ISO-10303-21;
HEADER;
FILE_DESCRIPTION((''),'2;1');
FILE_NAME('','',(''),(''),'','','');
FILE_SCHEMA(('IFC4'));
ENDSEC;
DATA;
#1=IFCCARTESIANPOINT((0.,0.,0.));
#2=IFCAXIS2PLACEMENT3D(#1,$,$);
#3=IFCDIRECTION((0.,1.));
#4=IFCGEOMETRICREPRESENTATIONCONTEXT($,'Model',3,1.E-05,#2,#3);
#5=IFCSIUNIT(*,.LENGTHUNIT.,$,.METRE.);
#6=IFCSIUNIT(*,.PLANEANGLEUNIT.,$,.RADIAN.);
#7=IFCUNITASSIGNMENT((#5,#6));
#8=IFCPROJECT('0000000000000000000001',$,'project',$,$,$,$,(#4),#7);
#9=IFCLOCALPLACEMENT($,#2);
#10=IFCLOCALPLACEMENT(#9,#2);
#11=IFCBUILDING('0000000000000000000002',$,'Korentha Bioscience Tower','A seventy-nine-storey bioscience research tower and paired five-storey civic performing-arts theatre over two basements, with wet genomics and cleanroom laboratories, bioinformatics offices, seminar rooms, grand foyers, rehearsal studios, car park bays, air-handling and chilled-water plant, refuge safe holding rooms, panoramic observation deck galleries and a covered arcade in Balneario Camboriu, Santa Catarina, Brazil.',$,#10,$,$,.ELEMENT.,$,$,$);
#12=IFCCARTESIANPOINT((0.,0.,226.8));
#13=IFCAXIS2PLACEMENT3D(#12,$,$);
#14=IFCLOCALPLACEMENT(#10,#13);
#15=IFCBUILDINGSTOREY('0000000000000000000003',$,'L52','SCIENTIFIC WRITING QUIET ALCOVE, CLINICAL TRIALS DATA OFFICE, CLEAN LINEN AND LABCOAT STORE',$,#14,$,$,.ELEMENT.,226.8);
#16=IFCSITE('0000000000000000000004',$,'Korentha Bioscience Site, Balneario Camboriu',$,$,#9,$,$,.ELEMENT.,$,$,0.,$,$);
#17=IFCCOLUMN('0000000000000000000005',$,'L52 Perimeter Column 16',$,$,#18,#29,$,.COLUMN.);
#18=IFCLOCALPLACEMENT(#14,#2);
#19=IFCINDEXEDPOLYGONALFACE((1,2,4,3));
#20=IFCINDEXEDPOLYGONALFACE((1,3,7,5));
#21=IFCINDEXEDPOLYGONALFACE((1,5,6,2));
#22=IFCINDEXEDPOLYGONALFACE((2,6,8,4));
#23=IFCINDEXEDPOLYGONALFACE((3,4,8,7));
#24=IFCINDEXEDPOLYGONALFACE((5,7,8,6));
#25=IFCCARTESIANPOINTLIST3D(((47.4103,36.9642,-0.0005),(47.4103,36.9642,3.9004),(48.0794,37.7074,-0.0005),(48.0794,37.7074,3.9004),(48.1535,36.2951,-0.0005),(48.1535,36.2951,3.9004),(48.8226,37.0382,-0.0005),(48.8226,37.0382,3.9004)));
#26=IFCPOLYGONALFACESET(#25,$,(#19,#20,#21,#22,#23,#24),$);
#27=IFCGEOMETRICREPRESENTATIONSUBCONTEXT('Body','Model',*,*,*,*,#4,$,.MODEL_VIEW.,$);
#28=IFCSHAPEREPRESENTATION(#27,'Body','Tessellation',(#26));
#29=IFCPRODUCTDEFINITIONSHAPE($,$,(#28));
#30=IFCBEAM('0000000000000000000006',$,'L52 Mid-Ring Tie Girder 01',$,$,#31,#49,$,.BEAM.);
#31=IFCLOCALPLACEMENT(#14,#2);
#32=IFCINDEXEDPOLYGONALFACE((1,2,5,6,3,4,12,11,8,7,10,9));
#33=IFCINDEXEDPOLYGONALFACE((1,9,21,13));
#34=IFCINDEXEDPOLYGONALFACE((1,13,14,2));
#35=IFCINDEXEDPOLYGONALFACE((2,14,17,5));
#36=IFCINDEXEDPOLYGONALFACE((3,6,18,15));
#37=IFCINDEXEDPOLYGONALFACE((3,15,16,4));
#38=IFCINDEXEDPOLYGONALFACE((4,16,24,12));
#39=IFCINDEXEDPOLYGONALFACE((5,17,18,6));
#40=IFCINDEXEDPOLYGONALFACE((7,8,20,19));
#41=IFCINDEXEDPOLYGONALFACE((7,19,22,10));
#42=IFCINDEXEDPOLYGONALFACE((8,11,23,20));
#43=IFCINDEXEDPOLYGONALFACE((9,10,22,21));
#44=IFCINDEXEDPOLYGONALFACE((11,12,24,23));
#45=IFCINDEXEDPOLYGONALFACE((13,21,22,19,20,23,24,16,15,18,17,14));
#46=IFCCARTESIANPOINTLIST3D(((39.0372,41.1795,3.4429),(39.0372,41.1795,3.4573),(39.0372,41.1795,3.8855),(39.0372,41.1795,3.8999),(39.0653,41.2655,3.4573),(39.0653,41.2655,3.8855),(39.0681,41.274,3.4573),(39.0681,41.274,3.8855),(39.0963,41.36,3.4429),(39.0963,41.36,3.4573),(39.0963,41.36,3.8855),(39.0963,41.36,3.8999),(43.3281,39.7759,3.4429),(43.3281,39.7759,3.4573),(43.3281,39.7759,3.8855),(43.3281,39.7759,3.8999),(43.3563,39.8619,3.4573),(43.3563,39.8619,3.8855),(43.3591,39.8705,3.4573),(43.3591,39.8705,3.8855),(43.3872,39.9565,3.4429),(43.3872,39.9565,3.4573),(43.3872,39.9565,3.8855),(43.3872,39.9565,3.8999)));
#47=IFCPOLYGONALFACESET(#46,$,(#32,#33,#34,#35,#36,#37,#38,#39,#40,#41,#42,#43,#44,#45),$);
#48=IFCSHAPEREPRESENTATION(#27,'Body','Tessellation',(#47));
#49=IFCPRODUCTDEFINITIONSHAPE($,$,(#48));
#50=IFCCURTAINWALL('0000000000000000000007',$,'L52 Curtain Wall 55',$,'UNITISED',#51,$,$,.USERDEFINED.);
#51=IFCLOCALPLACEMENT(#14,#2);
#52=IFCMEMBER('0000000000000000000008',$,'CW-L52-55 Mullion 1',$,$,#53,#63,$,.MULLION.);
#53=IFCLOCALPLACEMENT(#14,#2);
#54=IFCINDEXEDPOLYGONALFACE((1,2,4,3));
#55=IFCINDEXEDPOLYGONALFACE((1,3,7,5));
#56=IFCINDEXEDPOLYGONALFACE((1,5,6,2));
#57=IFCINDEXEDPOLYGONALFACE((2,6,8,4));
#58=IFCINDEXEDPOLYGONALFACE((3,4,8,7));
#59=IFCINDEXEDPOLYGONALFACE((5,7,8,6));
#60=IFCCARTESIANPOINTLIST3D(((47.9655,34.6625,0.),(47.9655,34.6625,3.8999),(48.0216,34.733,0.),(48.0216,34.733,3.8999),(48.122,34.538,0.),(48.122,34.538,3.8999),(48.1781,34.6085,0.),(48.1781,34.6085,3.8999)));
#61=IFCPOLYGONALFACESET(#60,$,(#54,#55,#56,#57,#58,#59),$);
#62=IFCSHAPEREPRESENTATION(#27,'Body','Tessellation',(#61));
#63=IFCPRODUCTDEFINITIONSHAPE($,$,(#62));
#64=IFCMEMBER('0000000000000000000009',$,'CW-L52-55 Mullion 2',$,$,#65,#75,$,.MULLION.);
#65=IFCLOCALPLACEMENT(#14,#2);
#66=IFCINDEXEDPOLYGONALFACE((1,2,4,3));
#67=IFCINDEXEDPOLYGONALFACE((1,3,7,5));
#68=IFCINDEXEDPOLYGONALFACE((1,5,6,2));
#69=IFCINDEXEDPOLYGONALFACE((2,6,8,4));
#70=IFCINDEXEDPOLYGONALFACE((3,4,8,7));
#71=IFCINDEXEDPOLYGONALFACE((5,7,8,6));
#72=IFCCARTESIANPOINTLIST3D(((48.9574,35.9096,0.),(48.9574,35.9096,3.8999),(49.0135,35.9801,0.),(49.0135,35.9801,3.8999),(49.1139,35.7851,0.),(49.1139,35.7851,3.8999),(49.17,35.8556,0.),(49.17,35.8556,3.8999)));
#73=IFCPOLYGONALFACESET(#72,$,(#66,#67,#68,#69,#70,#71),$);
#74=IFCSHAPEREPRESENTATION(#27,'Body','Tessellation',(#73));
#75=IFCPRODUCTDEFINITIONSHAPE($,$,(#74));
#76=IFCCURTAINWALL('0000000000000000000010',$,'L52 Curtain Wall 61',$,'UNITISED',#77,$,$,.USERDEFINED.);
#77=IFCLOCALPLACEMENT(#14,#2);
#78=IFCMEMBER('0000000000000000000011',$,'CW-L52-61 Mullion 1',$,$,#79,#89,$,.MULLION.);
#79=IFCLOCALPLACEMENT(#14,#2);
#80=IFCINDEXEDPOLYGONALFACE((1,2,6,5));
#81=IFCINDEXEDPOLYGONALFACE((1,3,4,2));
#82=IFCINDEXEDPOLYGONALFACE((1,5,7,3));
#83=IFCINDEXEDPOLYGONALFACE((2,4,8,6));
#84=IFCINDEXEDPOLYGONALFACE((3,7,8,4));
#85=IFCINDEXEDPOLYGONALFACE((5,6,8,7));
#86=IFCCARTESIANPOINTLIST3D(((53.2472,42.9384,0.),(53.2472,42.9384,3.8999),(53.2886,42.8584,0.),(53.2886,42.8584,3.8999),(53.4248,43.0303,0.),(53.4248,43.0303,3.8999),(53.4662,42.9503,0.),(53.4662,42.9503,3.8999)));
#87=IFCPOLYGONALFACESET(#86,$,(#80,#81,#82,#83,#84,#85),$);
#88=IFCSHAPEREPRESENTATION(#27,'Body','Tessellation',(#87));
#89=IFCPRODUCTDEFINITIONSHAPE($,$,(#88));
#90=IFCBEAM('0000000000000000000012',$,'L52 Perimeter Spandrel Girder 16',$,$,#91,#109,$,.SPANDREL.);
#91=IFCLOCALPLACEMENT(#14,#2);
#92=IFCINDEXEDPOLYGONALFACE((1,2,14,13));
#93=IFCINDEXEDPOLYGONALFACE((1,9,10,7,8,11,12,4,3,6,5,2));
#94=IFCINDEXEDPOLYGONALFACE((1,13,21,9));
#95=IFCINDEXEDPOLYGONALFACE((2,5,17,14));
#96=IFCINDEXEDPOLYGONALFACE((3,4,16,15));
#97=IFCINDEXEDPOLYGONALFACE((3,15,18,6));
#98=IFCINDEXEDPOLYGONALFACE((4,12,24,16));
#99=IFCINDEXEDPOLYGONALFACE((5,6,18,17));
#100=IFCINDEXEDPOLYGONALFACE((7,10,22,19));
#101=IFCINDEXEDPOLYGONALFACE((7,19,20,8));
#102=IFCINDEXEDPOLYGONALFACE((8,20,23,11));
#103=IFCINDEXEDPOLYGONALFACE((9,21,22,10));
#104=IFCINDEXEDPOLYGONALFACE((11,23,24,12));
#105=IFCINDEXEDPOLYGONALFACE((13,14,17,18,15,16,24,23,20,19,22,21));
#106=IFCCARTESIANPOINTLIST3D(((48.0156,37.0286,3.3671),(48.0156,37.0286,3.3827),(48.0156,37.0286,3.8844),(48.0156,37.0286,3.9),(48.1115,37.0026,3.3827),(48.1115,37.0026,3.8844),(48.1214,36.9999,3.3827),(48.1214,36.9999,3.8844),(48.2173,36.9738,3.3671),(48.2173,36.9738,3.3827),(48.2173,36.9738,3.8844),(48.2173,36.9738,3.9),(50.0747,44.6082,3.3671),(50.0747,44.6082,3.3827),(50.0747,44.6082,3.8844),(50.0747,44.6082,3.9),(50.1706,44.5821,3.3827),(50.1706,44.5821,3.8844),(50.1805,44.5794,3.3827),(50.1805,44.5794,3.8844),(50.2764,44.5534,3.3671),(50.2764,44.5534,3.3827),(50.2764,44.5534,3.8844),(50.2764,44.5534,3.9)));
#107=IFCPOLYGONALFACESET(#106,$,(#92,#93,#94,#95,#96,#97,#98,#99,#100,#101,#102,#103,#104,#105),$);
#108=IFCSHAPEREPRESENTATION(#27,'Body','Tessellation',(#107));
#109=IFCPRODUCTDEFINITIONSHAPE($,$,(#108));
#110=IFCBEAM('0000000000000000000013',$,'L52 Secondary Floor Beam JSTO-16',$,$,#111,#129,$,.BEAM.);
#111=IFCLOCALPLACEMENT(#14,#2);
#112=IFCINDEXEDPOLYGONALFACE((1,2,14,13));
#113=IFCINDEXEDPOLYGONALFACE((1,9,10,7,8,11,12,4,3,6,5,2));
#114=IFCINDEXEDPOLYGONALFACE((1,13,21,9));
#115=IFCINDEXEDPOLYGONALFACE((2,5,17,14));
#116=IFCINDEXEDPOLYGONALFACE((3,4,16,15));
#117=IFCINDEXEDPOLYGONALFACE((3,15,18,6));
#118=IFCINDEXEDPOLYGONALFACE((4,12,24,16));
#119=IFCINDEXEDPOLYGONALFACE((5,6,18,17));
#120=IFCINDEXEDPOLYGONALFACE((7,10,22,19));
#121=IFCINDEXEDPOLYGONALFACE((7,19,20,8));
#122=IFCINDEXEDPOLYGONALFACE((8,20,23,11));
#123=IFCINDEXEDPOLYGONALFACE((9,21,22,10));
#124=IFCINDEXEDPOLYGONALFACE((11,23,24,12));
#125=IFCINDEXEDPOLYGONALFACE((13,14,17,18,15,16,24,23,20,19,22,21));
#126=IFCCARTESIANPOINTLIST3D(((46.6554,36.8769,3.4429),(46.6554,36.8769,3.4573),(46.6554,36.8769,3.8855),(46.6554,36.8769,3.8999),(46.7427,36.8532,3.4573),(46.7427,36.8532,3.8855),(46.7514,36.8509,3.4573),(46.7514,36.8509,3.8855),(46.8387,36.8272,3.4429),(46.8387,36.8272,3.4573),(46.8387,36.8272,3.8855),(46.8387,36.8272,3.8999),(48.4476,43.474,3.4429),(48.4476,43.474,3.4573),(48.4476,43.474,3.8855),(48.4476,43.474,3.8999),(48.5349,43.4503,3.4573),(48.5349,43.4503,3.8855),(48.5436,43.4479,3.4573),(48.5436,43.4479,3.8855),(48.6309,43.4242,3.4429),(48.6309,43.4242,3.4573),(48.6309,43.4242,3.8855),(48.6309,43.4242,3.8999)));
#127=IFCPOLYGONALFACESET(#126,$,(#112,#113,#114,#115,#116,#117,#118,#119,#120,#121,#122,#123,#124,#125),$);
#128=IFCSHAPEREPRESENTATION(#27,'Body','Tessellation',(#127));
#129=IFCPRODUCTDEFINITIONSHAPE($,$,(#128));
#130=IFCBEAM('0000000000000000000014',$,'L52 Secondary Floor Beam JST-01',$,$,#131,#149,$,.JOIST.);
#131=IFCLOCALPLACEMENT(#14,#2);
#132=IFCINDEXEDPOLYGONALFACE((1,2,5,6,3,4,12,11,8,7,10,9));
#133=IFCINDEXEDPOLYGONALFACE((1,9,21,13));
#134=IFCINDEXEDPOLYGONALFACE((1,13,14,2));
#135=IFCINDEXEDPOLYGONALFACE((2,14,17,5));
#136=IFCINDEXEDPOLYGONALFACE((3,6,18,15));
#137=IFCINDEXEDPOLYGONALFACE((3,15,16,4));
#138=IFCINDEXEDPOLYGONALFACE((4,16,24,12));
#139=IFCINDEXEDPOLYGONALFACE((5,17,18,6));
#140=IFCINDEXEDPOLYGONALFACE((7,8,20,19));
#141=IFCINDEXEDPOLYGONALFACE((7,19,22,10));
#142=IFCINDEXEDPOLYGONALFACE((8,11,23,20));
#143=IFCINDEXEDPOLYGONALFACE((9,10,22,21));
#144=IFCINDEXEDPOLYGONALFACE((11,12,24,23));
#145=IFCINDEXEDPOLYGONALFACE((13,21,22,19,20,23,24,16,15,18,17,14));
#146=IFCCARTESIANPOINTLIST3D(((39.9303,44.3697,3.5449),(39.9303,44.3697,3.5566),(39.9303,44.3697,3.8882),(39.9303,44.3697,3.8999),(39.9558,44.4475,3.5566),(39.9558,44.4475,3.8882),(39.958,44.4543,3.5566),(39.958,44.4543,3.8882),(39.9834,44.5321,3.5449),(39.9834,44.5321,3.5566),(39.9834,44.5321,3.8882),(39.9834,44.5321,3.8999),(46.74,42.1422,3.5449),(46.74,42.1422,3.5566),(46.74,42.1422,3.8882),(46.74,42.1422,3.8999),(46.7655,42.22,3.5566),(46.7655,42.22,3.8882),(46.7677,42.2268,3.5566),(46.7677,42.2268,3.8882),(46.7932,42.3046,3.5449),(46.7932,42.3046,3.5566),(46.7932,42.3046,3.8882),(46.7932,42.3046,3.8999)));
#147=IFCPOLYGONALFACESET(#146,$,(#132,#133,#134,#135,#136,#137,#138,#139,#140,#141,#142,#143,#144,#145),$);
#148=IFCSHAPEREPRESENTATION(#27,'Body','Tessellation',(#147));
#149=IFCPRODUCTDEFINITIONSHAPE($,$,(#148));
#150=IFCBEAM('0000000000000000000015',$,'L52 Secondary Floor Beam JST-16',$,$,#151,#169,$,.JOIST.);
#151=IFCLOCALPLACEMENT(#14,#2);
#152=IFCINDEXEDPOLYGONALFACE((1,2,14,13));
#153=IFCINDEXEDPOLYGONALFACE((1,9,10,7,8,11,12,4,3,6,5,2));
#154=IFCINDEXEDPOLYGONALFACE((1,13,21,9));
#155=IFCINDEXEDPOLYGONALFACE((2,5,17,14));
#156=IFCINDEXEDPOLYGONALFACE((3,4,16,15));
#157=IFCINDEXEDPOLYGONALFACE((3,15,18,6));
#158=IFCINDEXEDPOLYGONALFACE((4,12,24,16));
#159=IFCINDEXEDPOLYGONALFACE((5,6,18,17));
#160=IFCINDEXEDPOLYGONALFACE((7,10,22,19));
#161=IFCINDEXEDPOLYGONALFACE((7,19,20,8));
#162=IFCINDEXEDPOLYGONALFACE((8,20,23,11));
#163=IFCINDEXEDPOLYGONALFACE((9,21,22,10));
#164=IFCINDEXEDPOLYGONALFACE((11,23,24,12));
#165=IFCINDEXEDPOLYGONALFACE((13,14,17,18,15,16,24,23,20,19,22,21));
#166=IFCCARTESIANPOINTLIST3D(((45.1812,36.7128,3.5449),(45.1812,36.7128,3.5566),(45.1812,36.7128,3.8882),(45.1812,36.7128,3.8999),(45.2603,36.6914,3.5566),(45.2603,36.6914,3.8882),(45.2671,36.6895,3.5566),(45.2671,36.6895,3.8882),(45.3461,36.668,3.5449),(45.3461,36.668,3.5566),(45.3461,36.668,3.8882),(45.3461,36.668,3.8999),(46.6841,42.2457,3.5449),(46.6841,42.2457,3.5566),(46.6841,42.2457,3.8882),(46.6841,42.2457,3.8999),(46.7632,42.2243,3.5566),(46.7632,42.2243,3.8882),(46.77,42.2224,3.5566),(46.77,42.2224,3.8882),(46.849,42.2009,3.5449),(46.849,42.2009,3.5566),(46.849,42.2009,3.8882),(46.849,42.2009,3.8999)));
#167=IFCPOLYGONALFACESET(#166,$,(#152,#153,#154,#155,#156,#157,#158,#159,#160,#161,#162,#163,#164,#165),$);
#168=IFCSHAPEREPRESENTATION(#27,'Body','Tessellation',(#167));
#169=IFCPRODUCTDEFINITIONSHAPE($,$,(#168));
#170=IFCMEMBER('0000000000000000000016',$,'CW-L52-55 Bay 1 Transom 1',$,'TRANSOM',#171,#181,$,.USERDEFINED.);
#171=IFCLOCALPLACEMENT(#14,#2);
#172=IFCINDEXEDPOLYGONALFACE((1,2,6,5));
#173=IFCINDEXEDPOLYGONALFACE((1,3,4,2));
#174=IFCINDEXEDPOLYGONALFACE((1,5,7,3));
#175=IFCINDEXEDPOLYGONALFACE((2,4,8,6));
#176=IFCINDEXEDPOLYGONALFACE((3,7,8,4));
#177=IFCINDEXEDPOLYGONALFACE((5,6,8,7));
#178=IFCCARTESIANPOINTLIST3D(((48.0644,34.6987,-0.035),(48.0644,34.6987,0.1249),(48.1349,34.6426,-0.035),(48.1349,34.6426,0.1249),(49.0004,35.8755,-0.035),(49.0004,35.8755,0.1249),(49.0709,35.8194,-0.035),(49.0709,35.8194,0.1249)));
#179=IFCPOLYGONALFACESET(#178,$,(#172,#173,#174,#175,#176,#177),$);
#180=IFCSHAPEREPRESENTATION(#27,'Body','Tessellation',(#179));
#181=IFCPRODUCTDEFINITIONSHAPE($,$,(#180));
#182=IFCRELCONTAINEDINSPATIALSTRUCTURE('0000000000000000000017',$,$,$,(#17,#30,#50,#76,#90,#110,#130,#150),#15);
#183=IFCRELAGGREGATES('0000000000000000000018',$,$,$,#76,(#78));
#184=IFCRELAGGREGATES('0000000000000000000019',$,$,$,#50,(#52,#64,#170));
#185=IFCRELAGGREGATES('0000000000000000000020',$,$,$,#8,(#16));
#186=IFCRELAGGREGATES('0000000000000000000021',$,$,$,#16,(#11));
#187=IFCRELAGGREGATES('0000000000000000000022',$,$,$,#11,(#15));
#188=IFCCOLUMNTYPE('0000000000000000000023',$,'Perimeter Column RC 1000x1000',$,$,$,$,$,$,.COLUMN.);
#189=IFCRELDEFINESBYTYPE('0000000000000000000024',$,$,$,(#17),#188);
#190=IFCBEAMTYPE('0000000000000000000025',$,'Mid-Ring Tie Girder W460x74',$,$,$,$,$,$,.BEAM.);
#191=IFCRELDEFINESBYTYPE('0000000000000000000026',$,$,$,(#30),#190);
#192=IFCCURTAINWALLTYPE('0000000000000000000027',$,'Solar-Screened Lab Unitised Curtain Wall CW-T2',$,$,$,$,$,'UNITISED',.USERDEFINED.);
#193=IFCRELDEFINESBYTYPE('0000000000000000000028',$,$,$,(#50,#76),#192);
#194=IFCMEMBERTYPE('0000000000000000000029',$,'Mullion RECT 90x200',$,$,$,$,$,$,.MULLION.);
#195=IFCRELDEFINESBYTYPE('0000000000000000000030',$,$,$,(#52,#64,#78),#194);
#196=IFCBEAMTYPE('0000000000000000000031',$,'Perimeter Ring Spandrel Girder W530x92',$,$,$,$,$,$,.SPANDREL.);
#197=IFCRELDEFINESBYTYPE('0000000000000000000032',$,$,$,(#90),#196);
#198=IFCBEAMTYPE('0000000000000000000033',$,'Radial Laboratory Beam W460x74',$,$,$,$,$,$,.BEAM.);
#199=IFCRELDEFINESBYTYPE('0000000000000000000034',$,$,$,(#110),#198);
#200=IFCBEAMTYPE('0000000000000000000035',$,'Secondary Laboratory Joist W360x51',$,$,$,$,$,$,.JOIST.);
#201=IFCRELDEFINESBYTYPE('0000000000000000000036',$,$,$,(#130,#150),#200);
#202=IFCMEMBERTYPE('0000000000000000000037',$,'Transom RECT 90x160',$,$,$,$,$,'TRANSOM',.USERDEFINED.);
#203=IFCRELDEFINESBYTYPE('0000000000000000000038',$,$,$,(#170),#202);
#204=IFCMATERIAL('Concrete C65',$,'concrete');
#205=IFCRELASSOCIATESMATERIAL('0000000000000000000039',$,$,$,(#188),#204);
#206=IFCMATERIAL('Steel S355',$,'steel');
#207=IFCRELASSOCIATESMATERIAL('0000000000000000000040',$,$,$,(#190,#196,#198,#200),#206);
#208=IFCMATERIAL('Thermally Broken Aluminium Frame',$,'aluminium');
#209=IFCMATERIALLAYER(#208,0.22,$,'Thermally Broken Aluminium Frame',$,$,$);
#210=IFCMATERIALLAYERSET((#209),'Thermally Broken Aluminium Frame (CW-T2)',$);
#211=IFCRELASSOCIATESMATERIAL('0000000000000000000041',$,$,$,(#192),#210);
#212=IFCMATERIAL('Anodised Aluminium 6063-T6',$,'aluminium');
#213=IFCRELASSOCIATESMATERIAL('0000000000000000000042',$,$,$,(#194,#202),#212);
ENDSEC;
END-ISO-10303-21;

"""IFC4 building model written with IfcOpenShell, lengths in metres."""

from ifc_helpers import new_model, si_unit, direction, frame, origin, origin_2d, place, context, subcontext, project, spatial, rectangle, i_section, extrude, material, layer, layer_set, material_profile, profile_set, type_object, element, aggregate, save


model = new_model("IFC4")

# Units and contexts
model_context = context("Model", 3, precision=1e-05, world=origin(), true_north=direction((0.0, 1.0)))
body_context = subcontext(model_context, "Body", "Model", "MODEL_VIEW")
ifc_project = project(units=[si_unit("LENGTHUNIT", "METRE"), si_unit("PLANEANGLEUNIT", "RADIAN")], contexts=[model_context])

# Site, building, storey
site_placement = place(None, origin())
site = spatial("IfcSite", under=ifc_project, at=site_placement, Name="Korentha Bioscience Site, Balneario Camboriu", CompositionType="ELEMENT", RefElevation=0.0)
building_placement = place(site_placement, origin())
building = spatial("IfcBuilding", under=site, at=building_placement, Name="Korentha Bioscience Tower", Description="A seventy-nine-storey bioscience research tower and paired five-storey civic performing-arts theatre over two basements, with wet genomics and cleanroom laboratories, bioinformatics offices, seminar rooms, grand foyers, rehearsal studios, car park bays, air-handling and chilled-water plant, refuge safe holding rooms, panoramic observation deck galleries and a covered arcade in Balneario Camboriu, Santa Catarina, Brazil.", CompositionType="ELEMENT")
storey_placement = place(building_placement, frame((0.0, 0.0, 226.8)))
storey = spatial("IfcBuildingStorey", under=building, at=storey_placement, Name="L52", Description="SCIENTIFIC WRITING QUIET ALCOVE, CLINICAL TRIALS DATA OFFICE, CLEAN LINEN AND LABCOAT STORE", CompositionType="ELEMENT", Elevation=226.8)

# Column
ifc_material_1 = material(Name="Concrete C65", Category="concrete")
ifc_material_profile_1 = material_profile(ifc_material_1, rectangle(XDim=1.0, YDim=1.0, at=origin_2d()), Name="Concrete C65")
ifc_profile_set_1 = profile_set([ifc_material_profile_1], Name="Concrete C65 (COL-P10)")
column_type = type_object("IfcColumnType", Name="Perimeter Column RC 1000x1000", PredefinedType="COLUMN", material=ifc_profile_set_1)
column_placement = place(storey_placement, frame((48.1165, 37.0012, -0.0005), z_axis=(0.0, 0.0, 1.0), x_axis=(0.669131, 0.743145, 0.0)))
element("IfcColumn", 1, at=column_placement, inside=storey, type_object=column_type, Name="L52 Perimeter Column 16", PredefinedType="COLUMN", context=body_context, shape_type="SweptSolid", body=[
    extrude(rectangle(XDim=1.0, YDim=1.0, at=origin_2d()), origin(), (0.0, 0.0, 1.0), 3.9009),
])

# Beam
ifc_material_2 = material(Name="Steel S355", Category="steel")
ifc_material_profile_2 = material_profile(ifc_material_2, i_section(OverallWidth=0.1899, OverallDepth=0.457, WebThickness=0.009, FlangeThickness=0.0144, at=origin_2d()), Name="Steel S355")
ifc_profile_set_2 = profile_set([ifc_material_profile_2], Name="Steel S355 (MB-460)")
beam_type_1 = type_object("IfcBeamType", Name="Mid-Ring Tie Girder W460x74", PredefinedType="BEAM", material=ifc_profile_set_2)
beam_1_placement = place(storey_placement, frame((43.3577, 39.8662, 3.6714), z_axis=(-0.950447, 0.310885, 0.0), x_axis=(-0.310885, -0.950447, 0.0)))
element("IfcBeam", 2, at=beam_1_placement, inside=storey, type_object=beam_type_1, Name="L52 Mid-Ring Tie Girder 01", PredefinedType="BEAM", context=body_context, shape_type="SweptSolid", body=[
    extrude(i_section(OverallWidth=0.1899, OverallDepth=0.457, WebThickness=0.009, FlangeThickness=0.0144, at=origin_2d()), origin(), (0.0, 0.0, 1.0), 4.5146),
])

# Curtain wall, members
ifc_material_3 = material(Name="Thermally Broken Aluminium Frame", Category="aluminium")
ifc_layer_1 = layer(ifc_material_3, 0.22, Name="Thermally Broken Aluminium Frame")
ifc_layer_set_1 = layer_set([ifc_layer_1], Name="Thermally Broken Aluminium Frame (CW-T2)")
curtain_wall_type = type_object("IfcCurtainWallType", Name="Solar-Screened Lab Unitised Curtain Wall CW-T2", ElementType="UNITISED", PredefinedType="USERDEFINED", material=ifc_layer_set_1)
curtain_wall_1_placement = place(storey_placement, origin())
curtain_wall_1 = element("IfcCurtainWall", 3, at=curtain_wall_1_placement, inside=storey, type_object=curtain_wall_type, Name="L52 Curtain Wall 55", ObjectType="UNITISED", PredefinedType="USERDEFINED")
ifc_material_4 = material(Name="Anodised Aluminium 6063-T6", Category="aluminium")
ifc_material_profile_3 = material_profile(ifc_material_4, rectangle(XDim=0.0901, YDim=0.2, at=origin_2d()), Name="Anodised Aluminium 6063-T6")
ifc_profile_set_3 = profile_set([ifc_material_profile_3], Name="Anodised Aluminium 6063-T6 (CW-MUL)")
member_type_1 = type_object("IfcMemberType", Name="Mullion RECT 90x200", PredefinedType="MULLION", material=ifc_profile_set_3)
member_1_placement = place(storey_placement, frame((48.0718, 34.6355, 0.0), z_axis=(0.0, 0.0, 1.0), x_axis=(0.622512, 0.78261, 0.0)))
member_1 = element("IfcMember", 4, at=member_1_placement, type_object=member_type_1, Name="CW-L52-55 Mullion 1", PredefinedType="MULLION", context=body_context, shape_type="SweptSolid", body=[
    extrude(rectangle(XDim=0.0901, YDim=0.2, at=origin_2d()), origin(), (0.0, 0.0, 1.0), 3.8999),
])
member_2_placement = place(storey_placement, frame((49.0637, 35.8826, 0.0), z_axis=(0.0, 0.0, 1.0), x_axis=(0.622512, 0.78261, 0.0)))
member_2 = element("IfcMember", 5, at=member_2_placement, type_object=member_type_1, Name="CW-L52-55 Mullion 2", PredefinedType="MULLION", context=body_context, shape_type="SweptSolid", body=[
    extrude(rectangle(XDim=0.0901, YDim=0.2, at=origin_2d()), origin(), (0.0, 0.0, 1.0), 3.8999),
])

# Curtain wall, member
curtain_wall_2_placement = place(storey_placement, origin())
curtain_wall_2 = element("IfcCurtainWall", 6, at=curtain_wall_2_placement, inside=storey, type_object=curtain_wall_type, Name="L52 Curtain Wall 61", ObjectType="UNITISED", PredefinedType="USERDEFINED")
member_3_placement = place(storey_placement, frame((53.3567, 42.9443, 0.0), z_axis=(0.0, 0.0, 1.0), x_axis=(-0.459738, 0.888055, 0.0)))
member_3 = element("IfcMember", 7, at=member_3_placement, type_object=member_type_1, Name="CW-L52-61 Mullion 1", PredefinedType="MULLION", context=body_context, shape_type="SweptSolid", body=[
    extrude(rectangle(XDim=0.0901, YDim=0.2, at=origin_2d()), origin(), (0.0, 0.0, 1.0), 3.8999),
])

# Beams
ifc_material_profile_4 = material_profile(ifc_material_2, i_section(OverallWidth=0.209, OverallDepth=0.533, WebThickness=0.0103, FlangeThickness=0.0156, at=origin_2d()), Name="Steel S355")
ifc_profile_set_4 = profile_set([ifc_material_profile_4], Name="Steel S355 (SB-530)")
beam_type_2 = type_object("IfcBeamType", Name="Perimeter Ring Spandrel Girder W530x92", PredefinedType="SPANDREL", material=ifc_profile_set_4)
beam_2_placement = place(storey_placement, frame((48.1165, 37.0012, 3.6335), z_axis=(0.26216, 0.965024, 0.0), x_axis=(-0.965024, 0.26216, 0.0)))
element("IfcBeam", 8, at=beam_2_placement, inside=storey, type_object=beam_type_2, Name="L52 Perimeter Spandrel Girder 16", PredefinedType="SPANDREL", context=body_context, shape_type="SweptSolid", body=[
    extrude(i_section(OverallWidth=0.209, OverallDepth=0.533, WebThickness=0.0103, FlangeThickness=0.0156, at=origin_2d()), origin(), (0.0, 0.0, 1.0), 7.8542),
])
ifc_material_profile_5 = material_profile(ifc_material_2, i_section(OverallWidth=0.1899, OverallDepth=0.457, WebThickness=0.009, FlangeThickness=0.0144, at=origin_2d()), Name="Steel S355")
ifc_profile_set_5 = profile_set([ifc_material_profile_5], Name="Steel S355 (RB-460)")
beam_type_3 = type_object("IfcBeamType", Name="Radial Laboratory Beam W460x74", PredefinedType="BEAM", material=ifc_profile_set_5)
beam_3_placement = place(storey_placement, frame((46.7471, 36.8521, 3.6714), z_axis=(0.262165, 0.965023, 0.0), x_axis=(-0.965023, 0.262165, 0.0)))
element("IfcBeam", 9, at=beam_3_placement, inside=storey, type_object=beam_type_3, Name="L52 Secondary Floor Beam JSTO-16", PredefinedType="BEAM", context=body_context, shape_type="SweptSolid", body=[
    extrude(i_section(OverallWidth=0.1899, OverallDepth=0.457, WebThickness=0.009, FlangeThickness=0.0144, at=origin_2d()), origin(), (0.0, 0.0, 1.0), 6.8362),
])
ifc_material_profile_6 = material_profile(ifc_material_2, i_section(OverallWidth=0.1709, OverallDepth=0.355, WebThickness=0.0071, FlangeThickness=0.0117, at=origin_2d()), Name="Steel S355")
ifc_profile_set_6 = profile_set([ifc_material_profile_6], Name="Steel S355 (JB-360)")
beam_type_4 = type_object("IfcBeamType", Name="Secondary Laboratory Joist W360x51", PredefinedType="JOIST", material=ifc_profile_set_6)
beam_4_placement = place(storey_placement, frame((46.7666, 42.2234, 3.7224), z_axis=(-0.950444, 0.310897, 0.0), x_axis=(-0.310897, -0.950444, 0.0)))
element("IfcBeam", 10, at=beam_4_placement, inside=storey, type_object=beam_type_4, Name="L52 Secondary Floor Beam JST-01", PredefinedType="JOIST", context=body_context, shape_type="SweptSolid", body=[
    extrude(i_section(OverallWidth=0.1709, OverallDepth=0.355, WebThickness=0.0071, FlangeThickness=0.0117, at=origin_2d()), origin(), (0.0, 0.0, 1.0), 7.1648),
])
beam_5_placement = place(storey_placement, frame((45.2637, 36.6904, 3.7224), z_axis=(0.262134, 0.965032, 0.0), x_axis=(-0.965032, 0.262134, 0.0)))
element("IfcBeam", 11, at=beam_5_placement, inside=storey, type_object=beam_type_4, Name="L52 Secondary Floor Beam JST-16", PredefinedType="JOIST", context=body_context, shape_type="SweptSolid", body=[
    extrude(i_section(OverallWidth=0.1709, OverallDepth=0.355, WebThickness=0.0071, FlangeThickness=0.0117, at=origin_2d()), origin(), (0.0, 0.0, 1.0), 5.7334),
])

# Member
ifc_material_profile_7 = material_profile(ifc_material_4, rectangle(XDim=0.0901, YDim=0.1599, at=origin_2d()), Name="Anodised Aluminium 6063-T6")
ifc_profile_set_7 = profile_set([ifc_material_profile_7], Name="Anodised Aluminium 6063-T6 (CW-TRN)")
member_type_2 = type_object("IfcMemberType", Name="Transom RECT 90x160", ElementType="TRANSOM", PredefinedType="USERDEFINED", material=ifc_profile_set_7)
member_4_placement = place(storey_placement, frame((48.0996, 34.6707, 0.0449), z_axis=(0.622515, 0.782608, 0.0), x_axis=(-0.782608, 0.622515, 0.0)))
member_4 = element("IfcMember", 12, at=member_4_placement, type_object=member_type_2, Name="CW-L52-55 Bay 1 Transom 1", ObjectType="TRANSOM", PredefinedType="USERDEFINED", context=body_context, shape_type="SweptSolid", body=[
    extrude(rectangle(XDim=0.0901, YDim=0.1599, at=origin_2d()), origin(), (0.0, 0.0, 1.0), 1.5037),
])
aggregate(curtain_wall_2, [member_3])

aggregate(curtain_wall_1, [member_1, member_2, member_4])

save(model, "model.ifc")
